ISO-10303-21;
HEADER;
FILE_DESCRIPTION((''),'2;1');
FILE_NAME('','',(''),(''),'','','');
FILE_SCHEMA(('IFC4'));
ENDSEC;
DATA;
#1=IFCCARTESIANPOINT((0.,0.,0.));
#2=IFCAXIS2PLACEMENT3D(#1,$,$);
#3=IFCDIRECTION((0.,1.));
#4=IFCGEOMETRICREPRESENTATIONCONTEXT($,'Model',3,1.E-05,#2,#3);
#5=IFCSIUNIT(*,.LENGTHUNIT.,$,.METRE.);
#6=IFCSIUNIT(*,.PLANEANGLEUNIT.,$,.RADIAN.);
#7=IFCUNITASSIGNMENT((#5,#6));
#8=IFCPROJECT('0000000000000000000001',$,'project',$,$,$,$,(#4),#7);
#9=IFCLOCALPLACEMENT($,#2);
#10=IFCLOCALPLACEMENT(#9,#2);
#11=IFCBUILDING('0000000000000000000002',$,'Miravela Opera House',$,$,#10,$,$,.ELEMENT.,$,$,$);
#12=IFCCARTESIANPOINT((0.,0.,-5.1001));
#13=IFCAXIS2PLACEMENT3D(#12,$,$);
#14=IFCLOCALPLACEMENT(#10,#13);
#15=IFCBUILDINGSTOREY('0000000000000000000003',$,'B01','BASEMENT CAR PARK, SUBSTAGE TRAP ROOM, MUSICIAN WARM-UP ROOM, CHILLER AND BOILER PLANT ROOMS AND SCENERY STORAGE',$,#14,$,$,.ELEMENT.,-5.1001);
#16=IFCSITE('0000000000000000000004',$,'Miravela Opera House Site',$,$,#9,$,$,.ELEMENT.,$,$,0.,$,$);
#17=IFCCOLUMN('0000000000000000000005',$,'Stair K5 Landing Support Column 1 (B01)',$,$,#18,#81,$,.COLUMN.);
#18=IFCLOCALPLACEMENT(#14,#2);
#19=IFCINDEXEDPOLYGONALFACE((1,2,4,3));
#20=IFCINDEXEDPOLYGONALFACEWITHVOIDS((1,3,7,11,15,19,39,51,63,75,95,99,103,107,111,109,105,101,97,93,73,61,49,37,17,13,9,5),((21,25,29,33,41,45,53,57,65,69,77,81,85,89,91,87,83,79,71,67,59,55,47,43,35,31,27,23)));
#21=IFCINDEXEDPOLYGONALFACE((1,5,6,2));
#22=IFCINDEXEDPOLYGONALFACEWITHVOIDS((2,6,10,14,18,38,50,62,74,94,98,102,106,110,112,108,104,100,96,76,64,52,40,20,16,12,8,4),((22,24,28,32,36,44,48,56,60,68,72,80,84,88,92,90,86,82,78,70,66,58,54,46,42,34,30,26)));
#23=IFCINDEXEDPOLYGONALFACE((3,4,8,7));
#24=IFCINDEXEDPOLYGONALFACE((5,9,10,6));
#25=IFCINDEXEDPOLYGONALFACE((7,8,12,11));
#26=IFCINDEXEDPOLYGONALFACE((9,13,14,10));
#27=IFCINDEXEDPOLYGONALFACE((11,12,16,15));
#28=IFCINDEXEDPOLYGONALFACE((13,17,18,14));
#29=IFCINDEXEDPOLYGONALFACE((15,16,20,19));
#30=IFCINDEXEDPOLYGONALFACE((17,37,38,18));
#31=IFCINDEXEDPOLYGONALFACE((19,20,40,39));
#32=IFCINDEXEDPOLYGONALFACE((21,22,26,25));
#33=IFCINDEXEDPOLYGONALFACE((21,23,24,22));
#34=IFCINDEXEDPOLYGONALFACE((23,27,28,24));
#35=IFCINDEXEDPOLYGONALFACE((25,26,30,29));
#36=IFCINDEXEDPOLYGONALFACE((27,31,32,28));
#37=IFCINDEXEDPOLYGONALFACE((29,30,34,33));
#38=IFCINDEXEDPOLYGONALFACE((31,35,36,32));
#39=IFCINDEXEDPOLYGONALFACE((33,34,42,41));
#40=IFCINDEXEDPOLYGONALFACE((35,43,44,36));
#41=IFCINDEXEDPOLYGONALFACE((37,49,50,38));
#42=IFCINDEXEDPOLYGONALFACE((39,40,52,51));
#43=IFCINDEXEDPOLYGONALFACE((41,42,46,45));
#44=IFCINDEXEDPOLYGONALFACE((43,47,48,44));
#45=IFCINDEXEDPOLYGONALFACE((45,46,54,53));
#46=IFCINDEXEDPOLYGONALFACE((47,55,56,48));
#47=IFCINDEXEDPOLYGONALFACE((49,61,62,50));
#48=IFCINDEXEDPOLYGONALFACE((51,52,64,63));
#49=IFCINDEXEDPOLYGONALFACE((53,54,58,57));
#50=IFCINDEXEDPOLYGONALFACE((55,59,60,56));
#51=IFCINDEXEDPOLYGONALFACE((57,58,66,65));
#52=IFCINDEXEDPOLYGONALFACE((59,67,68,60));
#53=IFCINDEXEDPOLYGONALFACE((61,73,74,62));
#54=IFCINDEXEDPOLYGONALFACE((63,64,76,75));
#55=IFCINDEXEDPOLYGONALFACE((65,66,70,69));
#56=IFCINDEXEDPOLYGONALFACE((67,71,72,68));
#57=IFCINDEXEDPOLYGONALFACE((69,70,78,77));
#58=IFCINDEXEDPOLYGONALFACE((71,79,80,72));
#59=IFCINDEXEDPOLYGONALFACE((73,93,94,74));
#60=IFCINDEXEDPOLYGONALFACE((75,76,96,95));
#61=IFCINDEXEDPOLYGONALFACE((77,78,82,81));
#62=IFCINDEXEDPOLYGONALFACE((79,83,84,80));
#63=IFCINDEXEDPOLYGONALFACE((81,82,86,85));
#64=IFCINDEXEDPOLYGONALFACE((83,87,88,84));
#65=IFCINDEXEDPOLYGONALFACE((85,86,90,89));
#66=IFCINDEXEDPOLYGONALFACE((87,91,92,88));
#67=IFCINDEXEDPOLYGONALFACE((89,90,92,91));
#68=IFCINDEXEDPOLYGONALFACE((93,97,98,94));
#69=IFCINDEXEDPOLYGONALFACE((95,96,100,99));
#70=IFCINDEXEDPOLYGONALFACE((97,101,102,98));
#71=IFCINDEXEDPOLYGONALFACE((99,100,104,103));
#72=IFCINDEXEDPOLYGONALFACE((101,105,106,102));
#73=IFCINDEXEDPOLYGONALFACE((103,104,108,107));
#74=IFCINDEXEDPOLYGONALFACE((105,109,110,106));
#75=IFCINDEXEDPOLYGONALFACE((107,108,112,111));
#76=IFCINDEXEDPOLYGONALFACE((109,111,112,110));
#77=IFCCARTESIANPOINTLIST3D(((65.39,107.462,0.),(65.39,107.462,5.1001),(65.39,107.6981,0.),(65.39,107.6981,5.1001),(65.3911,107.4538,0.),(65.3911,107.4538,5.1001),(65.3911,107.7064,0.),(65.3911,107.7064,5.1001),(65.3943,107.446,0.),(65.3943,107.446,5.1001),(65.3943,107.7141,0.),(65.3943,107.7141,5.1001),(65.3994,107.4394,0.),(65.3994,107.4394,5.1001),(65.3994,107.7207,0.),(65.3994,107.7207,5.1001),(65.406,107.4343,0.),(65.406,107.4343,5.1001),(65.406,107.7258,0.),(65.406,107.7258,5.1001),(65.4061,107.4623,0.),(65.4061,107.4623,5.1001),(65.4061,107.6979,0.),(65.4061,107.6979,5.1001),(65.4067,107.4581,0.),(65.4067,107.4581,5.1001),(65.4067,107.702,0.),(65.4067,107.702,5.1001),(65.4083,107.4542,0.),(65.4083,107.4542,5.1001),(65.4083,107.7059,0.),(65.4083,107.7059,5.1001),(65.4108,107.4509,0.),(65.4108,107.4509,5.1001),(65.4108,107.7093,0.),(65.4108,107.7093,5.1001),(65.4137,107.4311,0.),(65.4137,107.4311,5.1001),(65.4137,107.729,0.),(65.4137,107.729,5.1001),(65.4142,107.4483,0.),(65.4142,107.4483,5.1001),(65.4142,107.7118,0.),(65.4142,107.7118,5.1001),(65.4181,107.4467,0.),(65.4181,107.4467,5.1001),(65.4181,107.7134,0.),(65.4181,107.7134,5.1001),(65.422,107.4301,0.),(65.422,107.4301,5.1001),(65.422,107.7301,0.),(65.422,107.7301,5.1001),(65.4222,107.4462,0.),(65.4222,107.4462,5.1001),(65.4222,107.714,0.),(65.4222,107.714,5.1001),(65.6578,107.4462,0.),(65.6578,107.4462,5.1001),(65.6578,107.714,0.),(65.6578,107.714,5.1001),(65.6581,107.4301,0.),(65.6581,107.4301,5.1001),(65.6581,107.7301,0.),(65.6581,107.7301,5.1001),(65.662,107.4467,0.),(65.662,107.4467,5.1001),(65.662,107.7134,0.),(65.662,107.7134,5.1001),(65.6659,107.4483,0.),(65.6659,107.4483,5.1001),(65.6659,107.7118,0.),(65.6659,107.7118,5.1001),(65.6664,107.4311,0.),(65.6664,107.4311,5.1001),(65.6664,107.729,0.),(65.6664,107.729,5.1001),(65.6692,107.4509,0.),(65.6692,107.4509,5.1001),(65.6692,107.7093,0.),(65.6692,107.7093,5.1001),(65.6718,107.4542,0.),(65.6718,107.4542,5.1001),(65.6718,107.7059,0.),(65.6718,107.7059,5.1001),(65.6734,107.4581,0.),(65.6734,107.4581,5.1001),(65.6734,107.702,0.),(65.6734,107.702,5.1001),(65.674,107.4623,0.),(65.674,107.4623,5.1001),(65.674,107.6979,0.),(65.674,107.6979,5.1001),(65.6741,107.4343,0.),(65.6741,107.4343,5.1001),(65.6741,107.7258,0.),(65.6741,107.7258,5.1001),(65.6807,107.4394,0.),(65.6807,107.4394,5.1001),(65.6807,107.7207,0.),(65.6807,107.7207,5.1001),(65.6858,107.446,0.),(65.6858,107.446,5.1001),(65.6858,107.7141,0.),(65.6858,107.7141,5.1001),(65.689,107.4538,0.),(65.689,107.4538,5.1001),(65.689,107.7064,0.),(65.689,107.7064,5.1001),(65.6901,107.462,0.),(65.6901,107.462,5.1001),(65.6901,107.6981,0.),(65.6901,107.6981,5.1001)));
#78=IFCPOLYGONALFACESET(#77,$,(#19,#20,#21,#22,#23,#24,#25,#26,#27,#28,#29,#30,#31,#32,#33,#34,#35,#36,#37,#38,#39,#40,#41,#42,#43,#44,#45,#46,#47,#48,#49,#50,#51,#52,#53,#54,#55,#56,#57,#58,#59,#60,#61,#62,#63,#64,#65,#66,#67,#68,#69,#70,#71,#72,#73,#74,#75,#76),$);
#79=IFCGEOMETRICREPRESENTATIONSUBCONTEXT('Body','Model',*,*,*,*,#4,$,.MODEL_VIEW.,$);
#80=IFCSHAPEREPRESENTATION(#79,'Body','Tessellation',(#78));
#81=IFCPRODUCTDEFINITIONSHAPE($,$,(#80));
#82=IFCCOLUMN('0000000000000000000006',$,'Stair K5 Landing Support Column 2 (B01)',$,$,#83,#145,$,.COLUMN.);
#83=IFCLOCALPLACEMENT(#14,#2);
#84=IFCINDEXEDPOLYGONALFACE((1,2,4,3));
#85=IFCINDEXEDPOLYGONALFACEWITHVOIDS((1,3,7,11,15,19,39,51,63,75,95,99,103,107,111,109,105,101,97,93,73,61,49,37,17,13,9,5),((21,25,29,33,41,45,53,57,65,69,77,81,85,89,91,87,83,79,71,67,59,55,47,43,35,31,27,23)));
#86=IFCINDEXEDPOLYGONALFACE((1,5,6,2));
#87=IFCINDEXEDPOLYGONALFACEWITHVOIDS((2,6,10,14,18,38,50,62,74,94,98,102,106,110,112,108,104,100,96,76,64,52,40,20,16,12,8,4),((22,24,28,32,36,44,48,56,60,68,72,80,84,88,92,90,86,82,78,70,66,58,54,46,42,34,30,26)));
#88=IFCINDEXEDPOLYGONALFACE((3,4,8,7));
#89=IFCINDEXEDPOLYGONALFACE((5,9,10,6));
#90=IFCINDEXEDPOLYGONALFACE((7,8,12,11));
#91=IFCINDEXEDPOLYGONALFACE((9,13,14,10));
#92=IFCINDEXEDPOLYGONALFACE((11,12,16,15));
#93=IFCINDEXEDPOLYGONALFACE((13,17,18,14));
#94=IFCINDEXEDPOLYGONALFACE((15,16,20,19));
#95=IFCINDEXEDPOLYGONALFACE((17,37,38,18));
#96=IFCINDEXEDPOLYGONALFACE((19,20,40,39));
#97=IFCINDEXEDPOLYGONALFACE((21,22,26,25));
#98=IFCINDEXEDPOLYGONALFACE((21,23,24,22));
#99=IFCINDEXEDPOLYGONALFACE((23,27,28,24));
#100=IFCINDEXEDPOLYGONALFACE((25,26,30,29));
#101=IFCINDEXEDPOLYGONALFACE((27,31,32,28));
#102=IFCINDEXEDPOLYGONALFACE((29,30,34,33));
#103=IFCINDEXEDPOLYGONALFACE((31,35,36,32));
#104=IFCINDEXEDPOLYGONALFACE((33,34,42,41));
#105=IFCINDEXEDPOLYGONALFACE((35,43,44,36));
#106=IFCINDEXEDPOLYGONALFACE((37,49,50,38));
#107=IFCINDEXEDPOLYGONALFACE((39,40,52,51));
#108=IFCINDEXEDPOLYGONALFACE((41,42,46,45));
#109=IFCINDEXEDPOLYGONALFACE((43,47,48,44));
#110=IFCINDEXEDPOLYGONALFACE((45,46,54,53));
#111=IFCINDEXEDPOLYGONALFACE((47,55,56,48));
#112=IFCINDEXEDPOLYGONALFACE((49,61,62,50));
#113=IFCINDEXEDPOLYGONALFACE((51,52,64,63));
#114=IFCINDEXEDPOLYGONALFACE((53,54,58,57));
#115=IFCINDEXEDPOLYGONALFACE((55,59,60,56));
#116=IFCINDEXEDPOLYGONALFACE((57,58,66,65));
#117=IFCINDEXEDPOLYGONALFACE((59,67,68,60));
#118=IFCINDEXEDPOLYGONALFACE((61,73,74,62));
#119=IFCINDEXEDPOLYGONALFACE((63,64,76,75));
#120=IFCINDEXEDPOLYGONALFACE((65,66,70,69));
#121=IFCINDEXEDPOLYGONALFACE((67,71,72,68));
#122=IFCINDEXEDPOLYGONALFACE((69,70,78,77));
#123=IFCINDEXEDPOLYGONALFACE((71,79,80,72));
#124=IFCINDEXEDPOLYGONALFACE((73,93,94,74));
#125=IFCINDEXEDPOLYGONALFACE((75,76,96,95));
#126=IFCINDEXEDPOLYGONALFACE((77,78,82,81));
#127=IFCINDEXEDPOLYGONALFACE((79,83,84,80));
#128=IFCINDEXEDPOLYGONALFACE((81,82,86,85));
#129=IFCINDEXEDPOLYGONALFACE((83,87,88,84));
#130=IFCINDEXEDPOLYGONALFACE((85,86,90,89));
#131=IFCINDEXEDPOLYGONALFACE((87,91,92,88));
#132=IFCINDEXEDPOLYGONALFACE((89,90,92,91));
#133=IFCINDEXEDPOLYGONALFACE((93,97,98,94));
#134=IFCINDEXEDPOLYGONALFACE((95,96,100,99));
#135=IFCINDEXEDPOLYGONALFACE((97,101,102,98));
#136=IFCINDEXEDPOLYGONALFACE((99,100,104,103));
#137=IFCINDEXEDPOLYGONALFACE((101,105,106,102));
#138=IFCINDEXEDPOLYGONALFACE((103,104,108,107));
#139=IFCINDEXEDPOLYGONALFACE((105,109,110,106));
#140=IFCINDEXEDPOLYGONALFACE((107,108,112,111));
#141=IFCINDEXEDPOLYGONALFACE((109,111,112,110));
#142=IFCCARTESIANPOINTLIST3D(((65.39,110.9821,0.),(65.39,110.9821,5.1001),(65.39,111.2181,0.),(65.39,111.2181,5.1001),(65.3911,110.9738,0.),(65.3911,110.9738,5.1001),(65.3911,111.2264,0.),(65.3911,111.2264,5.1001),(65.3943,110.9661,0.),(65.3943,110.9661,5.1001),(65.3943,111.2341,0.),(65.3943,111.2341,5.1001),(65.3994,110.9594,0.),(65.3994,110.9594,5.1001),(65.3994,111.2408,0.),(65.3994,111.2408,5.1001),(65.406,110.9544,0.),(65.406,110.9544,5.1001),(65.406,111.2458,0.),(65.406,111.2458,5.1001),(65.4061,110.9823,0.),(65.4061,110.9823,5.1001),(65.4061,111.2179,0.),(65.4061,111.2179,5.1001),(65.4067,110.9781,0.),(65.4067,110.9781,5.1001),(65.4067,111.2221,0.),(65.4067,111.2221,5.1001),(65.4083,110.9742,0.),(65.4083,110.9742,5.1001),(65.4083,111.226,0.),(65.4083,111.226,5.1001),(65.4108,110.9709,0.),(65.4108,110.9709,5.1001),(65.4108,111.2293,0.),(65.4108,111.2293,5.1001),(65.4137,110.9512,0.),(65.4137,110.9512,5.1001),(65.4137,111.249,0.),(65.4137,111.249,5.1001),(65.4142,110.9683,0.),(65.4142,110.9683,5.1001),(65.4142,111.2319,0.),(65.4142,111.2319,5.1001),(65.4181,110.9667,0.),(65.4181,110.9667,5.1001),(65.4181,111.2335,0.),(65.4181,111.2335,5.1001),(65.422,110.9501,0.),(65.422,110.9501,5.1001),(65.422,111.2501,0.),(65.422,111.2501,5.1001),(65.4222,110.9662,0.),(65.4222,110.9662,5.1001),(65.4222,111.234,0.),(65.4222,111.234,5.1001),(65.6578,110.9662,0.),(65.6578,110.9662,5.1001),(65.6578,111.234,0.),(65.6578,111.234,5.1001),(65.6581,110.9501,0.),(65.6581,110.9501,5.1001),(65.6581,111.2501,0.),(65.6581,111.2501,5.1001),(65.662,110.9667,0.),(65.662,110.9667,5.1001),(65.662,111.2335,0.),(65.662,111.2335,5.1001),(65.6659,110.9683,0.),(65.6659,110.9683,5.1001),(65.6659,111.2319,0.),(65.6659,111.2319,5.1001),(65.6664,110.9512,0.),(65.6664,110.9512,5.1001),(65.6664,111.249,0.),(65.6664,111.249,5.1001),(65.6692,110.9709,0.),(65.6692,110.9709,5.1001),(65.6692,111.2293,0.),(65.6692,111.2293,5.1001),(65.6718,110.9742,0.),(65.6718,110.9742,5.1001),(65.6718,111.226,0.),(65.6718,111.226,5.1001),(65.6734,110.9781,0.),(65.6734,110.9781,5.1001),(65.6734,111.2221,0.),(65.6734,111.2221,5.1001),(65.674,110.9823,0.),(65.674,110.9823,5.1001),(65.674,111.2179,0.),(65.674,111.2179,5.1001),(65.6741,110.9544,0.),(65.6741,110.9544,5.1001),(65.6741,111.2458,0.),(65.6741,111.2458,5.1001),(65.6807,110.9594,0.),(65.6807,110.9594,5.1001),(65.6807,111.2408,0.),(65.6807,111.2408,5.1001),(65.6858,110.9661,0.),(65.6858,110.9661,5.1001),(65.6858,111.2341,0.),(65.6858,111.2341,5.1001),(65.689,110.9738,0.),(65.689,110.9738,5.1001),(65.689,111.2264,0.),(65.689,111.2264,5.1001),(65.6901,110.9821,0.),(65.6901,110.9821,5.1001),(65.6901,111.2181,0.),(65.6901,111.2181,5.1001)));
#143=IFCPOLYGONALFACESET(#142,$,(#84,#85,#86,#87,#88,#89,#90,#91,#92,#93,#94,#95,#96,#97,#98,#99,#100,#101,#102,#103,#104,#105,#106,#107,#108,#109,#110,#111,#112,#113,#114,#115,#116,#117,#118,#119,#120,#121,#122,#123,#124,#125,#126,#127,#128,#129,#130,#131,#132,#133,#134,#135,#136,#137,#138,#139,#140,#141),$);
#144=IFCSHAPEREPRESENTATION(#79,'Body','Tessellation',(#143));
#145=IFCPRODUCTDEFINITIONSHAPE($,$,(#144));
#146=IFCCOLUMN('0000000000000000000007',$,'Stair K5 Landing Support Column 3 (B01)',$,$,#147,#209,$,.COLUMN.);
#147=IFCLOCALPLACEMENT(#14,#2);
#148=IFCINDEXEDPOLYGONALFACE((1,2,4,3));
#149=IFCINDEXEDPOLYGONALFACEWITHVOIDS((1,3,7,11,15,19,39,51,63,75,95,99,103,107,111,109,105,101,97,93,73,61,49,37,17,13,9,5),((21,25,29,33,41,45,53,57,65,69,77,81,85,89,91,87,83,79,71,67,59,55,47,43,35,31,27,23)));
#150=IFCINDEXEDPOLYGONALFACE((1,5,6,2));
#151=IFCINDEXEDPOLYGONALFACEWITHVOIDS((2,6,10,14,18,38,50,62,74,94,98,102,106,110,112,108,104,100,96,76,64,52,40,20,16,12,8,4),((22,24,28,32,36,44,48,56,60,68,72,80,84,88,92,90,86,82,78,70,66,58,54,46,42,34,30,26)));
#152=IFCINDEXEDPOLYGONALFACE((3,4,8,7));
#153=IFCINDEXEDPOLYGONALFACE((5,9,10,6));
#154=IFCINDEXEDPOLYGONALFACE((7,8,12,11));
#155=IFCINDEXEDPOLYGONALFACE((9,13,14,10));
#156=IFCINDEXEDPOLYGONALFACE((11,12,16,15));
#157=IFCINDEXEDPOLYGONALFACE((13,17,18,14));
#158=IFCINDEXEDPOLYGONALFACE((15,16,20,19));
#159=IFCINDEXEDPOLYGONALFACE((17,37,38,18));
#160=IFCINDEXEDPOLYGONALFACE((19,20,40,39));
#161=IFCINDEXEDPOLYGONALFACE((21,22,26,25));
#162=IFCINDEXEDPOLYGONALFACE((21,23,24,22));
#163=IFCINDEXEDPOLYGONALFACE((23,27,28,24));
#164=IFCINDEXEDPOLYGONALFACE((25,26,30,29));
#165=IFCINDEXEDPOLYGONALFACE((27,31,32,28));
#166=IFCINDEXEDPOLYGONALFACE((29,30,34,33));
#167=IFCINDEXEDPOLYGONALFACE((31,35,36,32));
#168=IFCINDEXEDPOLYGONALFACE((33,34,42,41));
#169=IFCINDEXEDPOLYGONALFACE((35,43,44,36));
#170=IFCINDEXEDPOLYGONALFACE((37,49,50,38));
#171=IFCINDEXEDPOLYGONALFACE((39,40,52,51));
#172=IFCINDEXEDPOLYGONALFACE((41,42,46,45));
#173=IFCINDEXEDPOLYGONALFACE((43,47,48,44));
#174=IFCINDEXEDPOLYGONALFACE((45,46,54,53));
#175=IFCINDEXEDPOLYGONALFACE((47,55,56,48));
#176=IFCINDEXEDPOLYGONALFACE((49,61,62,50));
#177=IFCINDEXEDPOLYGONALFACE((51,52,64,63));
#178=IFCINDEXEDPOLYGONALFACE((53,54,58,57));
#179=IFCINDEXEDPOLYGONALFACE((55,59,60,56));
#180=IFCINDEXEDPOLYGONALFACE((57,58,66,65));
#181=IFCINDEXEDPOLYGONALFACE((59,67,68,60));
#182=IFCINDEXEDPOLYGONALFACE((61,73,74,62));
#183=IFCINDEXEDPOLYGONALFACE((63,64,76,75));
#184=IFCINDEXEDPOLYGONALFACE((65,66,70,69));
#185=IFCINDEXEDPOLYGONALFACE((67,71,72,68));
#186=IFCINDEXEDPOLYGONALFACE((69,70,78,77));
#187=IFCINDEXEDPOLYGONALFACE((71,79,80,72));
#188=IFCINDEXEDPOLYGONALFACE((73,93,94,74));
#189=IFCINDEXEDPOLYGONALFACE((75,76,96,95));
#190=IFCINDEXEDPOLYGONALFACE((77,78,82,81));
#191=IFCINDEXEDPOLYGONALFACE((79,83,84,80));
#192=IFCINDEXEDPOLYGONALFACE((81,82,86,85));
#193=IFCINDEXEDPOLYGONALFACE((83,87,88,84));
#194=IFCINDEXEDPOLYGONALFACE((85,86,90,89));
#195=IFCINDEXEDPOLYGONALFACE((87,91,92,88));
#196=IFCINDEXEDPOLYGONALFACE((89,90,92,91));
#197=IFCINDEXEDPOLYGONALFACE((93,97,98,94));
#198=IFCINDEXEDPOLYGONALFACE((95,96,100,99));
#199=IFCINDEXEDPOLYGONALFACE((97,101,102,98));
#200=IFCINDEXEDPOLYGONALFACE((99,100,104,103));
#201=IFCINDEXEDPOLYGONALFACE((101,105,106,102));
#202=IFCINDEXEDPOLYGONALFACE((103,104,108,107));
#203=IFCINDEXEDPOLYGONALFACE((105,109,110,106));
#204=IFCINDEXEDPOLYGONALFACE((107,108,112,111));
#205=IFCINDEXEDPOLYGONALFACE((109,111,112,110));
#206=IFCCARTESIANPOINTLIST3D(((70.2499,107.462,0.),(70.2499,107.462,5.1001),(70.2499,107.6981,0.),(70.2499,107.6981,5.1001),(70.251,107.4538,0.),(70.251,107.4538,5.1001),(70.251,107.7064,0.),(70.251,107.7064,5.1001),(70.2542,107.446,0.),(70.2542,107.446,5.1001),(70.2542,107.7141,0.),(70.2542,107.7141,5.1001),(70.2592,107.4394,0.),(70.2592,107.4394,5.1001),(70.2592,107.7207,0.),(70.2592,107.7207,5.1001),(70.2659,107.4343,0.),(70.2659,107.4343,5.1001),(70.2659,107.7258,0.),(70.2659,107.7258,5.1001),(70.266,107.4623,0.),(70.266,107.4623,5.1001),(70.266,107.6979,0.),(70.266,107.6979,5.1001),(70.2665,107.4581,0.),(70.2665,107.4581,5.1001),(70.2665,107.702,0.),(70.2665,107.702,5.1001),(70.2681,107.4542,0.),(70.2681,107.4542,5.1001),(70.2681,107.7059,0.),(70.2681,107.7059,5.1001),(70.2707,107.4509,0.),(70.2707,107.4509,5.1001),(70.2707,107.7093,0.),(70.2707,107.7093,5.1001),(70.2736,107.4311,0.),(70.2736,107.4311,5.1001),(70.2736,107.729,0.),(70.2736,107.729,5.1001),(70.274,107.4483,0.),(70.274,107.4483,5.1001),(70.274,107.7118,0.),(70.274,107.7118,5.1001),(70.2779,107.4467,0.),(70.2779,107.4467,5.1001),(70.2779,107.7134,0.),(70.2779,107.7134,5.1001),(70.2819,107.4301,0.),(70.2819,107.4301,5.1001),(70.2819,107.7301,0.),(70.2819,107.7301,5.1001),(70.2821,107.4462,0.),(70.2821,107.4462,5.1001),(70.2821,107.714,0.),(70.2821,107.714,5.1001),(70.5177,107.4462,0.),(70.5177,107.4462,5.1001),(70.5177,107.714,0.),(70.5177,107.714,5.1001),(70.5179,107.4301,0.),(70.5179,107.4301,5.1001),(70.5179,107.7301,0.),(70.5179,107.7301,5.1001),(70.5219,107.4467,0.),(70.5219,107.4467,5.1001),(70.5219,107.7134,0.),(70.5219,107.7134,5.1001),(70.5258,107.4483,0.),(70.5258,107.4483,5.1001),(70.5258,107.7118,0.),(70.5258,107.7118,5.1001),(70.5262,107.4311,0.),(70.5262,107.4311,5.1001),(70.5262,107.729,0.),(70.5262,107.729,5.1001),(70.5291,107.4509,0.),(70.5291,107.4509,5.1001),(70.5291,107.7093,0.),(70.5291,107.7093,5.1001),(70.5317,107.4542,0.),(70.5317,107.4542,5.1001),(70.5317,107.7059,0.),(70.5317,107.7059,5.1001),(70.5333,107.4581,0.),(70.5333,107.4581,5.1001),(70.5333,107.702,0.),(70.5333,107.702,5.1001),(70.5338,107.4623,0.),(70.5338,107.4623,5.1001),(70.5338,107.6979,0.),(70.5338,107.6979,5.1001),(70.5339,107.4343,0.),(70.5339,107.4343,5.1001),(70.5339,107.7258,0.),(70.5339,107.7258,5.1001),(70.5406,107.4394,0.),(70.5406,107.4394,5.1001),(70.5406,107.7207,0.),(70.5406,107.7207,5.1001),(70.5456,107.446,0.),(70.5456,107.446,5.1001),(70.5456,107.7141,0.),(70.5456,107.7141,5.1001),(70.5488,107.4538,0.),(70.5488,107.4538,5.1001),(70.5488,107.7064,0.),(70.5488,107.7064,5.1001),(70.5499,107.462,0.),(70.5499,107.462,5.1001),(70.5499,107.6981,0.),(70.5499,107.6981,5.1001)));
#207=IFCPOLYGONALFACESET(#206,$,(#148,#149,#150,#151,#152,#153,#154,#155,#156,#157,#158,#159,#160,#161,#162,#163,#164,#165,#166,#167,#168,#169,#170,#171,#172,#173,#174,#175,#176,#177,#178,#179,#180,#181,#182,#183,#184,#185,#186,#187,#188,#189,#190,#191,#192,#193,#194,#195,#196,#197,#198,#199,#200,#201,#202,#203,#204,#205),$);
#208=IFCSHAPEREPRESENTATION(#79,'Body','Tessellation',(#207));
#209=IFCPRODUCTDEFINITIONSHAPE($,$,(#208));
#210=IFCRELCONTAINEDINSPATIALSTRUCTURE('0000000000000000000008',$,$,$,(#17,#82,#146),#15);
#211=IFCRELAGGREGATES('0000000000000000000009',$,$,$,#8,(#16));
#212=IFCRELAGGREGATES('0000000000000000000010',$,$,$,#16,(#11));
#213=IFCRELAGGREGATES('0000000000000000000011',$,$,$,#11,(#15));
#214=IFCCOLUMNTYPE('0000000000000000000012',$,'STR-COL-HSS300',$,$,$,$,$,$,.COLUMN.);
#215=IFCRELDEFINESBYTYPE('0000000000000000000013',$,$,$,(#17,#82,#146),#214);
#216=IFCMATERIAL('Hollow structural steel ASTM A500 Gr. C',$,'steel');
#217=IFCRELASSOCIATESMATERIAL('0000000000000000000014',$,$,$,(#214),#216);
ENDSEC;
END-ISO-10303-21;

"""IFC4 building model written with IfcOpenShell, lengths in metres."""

from ifc_helpers import new_model, si_unit, direction, frame, origin, origin_2d, place, context, subcontext, project, spatial, hollow_rectangle, extrude, material, material_profile, profile_set, type_object, element, save


model = new_model("IFC4")

# Units and contexts
model_context = context("Model", 3, precision=1e-05, world=origin(), true_north=direction((0.0, 1.0)))
body_context = subcontext(model_context, "Body", "Model", "MODEL_VIEW")
ifc_project = project(units=[si_unit("LENGTHUNIT", "METRE"), si_unit("PLANEANGLEUNIT", "RADIAN")], contexts=[model_context])

# Site, building, storey
site_placement = place(None, origin())
site = spatial("IfcSite", under=ifc_project, at=site_placement, Name="Miravela Opera House Site", CompositionType="ELEMENT", RefElevation=0.0)
building_placement = place(site_placement, origin())
building = spatial("IfcBuilding", under=site, at=building_placement, Name="Miravela Opera House", CompositionType="ELEMENT")
storey_placement = place(building_placement, frame((0.0, 0.0, -5.1001)))
storey = spatial("IfcBuildingStorey", under=building, at=storey_placement, Name="B01", Description="BASEMENT CAR PARK, SUBSTAGE TRAP ROOM, MUSICIAN WARM-UP ROOM, CHILLER AND BOILER PLANT ROOMS AND SCENERY STORAGE", CompositionType="ELEMENT", Elevation=-5.1001)

# Columns
ifc_material_1 = material(Name="Hollow structural steel ASTM A500 Gr. C", Category="steel")
ifc_material_profile_1 = material_profile(ifc_material_1, hollow_rectangle(XDim=0.3, YDim=0.3, WallThickness=0.0161, InnerFilletRadius=0.0161, OuterFilletRadius=0.032, at=origin_2d()), Name="HSS300X300X16")
ifc_profile_set_1 = profile_set([ifc_material_profile_1])
column_type_1 = type_object("IfcColumnType", Name="STR-COL-HSS300", PredefinedType="COLUMN", material=ifc_profile_set_1)
for number, where, z_axis, x_axis, name in (
    (1, (65.54, 107.5801, 0.0), (0.0, 0.0, 1.0), (1.0, 0.0, 0.0), "Stair K5 Landing Support Column 1 (B01)"),
    (2, (65.54, 111.1001, 0.0), (0.0, 0.0, 1.0), (1.0, 0.0, 0.0), "Stair K5 Landing Support Column 2 (B01)"),
    (3, (70.3999, 107.5801, 0.0), (0.0, 0.0, 1.0), (1.0, 0.0, 0.0), "Stair K5 Landing Support Column 3 (B01)"),
):
    element("IfcColumn", number, at=place(storey_placement, frame(where, z_axis=z_axis, x_axis=x_axis)), inside=storey, type_object=column_type_1, Name=name, PredefinedType="COLUMN", context=body_context, shape_type="SweptSolid", body=[
        extrude(hollow_rectangle(XDim=0.3, YDim=0.3, WallThickness=0.0161, InnerFilletRadius=0.0161, OuterFilletRadius=0.032, at=origin_2d()), origin(), (0.0, 0.0, 1.0), 5.1001),
    ])

save(model, "model.ifc")
